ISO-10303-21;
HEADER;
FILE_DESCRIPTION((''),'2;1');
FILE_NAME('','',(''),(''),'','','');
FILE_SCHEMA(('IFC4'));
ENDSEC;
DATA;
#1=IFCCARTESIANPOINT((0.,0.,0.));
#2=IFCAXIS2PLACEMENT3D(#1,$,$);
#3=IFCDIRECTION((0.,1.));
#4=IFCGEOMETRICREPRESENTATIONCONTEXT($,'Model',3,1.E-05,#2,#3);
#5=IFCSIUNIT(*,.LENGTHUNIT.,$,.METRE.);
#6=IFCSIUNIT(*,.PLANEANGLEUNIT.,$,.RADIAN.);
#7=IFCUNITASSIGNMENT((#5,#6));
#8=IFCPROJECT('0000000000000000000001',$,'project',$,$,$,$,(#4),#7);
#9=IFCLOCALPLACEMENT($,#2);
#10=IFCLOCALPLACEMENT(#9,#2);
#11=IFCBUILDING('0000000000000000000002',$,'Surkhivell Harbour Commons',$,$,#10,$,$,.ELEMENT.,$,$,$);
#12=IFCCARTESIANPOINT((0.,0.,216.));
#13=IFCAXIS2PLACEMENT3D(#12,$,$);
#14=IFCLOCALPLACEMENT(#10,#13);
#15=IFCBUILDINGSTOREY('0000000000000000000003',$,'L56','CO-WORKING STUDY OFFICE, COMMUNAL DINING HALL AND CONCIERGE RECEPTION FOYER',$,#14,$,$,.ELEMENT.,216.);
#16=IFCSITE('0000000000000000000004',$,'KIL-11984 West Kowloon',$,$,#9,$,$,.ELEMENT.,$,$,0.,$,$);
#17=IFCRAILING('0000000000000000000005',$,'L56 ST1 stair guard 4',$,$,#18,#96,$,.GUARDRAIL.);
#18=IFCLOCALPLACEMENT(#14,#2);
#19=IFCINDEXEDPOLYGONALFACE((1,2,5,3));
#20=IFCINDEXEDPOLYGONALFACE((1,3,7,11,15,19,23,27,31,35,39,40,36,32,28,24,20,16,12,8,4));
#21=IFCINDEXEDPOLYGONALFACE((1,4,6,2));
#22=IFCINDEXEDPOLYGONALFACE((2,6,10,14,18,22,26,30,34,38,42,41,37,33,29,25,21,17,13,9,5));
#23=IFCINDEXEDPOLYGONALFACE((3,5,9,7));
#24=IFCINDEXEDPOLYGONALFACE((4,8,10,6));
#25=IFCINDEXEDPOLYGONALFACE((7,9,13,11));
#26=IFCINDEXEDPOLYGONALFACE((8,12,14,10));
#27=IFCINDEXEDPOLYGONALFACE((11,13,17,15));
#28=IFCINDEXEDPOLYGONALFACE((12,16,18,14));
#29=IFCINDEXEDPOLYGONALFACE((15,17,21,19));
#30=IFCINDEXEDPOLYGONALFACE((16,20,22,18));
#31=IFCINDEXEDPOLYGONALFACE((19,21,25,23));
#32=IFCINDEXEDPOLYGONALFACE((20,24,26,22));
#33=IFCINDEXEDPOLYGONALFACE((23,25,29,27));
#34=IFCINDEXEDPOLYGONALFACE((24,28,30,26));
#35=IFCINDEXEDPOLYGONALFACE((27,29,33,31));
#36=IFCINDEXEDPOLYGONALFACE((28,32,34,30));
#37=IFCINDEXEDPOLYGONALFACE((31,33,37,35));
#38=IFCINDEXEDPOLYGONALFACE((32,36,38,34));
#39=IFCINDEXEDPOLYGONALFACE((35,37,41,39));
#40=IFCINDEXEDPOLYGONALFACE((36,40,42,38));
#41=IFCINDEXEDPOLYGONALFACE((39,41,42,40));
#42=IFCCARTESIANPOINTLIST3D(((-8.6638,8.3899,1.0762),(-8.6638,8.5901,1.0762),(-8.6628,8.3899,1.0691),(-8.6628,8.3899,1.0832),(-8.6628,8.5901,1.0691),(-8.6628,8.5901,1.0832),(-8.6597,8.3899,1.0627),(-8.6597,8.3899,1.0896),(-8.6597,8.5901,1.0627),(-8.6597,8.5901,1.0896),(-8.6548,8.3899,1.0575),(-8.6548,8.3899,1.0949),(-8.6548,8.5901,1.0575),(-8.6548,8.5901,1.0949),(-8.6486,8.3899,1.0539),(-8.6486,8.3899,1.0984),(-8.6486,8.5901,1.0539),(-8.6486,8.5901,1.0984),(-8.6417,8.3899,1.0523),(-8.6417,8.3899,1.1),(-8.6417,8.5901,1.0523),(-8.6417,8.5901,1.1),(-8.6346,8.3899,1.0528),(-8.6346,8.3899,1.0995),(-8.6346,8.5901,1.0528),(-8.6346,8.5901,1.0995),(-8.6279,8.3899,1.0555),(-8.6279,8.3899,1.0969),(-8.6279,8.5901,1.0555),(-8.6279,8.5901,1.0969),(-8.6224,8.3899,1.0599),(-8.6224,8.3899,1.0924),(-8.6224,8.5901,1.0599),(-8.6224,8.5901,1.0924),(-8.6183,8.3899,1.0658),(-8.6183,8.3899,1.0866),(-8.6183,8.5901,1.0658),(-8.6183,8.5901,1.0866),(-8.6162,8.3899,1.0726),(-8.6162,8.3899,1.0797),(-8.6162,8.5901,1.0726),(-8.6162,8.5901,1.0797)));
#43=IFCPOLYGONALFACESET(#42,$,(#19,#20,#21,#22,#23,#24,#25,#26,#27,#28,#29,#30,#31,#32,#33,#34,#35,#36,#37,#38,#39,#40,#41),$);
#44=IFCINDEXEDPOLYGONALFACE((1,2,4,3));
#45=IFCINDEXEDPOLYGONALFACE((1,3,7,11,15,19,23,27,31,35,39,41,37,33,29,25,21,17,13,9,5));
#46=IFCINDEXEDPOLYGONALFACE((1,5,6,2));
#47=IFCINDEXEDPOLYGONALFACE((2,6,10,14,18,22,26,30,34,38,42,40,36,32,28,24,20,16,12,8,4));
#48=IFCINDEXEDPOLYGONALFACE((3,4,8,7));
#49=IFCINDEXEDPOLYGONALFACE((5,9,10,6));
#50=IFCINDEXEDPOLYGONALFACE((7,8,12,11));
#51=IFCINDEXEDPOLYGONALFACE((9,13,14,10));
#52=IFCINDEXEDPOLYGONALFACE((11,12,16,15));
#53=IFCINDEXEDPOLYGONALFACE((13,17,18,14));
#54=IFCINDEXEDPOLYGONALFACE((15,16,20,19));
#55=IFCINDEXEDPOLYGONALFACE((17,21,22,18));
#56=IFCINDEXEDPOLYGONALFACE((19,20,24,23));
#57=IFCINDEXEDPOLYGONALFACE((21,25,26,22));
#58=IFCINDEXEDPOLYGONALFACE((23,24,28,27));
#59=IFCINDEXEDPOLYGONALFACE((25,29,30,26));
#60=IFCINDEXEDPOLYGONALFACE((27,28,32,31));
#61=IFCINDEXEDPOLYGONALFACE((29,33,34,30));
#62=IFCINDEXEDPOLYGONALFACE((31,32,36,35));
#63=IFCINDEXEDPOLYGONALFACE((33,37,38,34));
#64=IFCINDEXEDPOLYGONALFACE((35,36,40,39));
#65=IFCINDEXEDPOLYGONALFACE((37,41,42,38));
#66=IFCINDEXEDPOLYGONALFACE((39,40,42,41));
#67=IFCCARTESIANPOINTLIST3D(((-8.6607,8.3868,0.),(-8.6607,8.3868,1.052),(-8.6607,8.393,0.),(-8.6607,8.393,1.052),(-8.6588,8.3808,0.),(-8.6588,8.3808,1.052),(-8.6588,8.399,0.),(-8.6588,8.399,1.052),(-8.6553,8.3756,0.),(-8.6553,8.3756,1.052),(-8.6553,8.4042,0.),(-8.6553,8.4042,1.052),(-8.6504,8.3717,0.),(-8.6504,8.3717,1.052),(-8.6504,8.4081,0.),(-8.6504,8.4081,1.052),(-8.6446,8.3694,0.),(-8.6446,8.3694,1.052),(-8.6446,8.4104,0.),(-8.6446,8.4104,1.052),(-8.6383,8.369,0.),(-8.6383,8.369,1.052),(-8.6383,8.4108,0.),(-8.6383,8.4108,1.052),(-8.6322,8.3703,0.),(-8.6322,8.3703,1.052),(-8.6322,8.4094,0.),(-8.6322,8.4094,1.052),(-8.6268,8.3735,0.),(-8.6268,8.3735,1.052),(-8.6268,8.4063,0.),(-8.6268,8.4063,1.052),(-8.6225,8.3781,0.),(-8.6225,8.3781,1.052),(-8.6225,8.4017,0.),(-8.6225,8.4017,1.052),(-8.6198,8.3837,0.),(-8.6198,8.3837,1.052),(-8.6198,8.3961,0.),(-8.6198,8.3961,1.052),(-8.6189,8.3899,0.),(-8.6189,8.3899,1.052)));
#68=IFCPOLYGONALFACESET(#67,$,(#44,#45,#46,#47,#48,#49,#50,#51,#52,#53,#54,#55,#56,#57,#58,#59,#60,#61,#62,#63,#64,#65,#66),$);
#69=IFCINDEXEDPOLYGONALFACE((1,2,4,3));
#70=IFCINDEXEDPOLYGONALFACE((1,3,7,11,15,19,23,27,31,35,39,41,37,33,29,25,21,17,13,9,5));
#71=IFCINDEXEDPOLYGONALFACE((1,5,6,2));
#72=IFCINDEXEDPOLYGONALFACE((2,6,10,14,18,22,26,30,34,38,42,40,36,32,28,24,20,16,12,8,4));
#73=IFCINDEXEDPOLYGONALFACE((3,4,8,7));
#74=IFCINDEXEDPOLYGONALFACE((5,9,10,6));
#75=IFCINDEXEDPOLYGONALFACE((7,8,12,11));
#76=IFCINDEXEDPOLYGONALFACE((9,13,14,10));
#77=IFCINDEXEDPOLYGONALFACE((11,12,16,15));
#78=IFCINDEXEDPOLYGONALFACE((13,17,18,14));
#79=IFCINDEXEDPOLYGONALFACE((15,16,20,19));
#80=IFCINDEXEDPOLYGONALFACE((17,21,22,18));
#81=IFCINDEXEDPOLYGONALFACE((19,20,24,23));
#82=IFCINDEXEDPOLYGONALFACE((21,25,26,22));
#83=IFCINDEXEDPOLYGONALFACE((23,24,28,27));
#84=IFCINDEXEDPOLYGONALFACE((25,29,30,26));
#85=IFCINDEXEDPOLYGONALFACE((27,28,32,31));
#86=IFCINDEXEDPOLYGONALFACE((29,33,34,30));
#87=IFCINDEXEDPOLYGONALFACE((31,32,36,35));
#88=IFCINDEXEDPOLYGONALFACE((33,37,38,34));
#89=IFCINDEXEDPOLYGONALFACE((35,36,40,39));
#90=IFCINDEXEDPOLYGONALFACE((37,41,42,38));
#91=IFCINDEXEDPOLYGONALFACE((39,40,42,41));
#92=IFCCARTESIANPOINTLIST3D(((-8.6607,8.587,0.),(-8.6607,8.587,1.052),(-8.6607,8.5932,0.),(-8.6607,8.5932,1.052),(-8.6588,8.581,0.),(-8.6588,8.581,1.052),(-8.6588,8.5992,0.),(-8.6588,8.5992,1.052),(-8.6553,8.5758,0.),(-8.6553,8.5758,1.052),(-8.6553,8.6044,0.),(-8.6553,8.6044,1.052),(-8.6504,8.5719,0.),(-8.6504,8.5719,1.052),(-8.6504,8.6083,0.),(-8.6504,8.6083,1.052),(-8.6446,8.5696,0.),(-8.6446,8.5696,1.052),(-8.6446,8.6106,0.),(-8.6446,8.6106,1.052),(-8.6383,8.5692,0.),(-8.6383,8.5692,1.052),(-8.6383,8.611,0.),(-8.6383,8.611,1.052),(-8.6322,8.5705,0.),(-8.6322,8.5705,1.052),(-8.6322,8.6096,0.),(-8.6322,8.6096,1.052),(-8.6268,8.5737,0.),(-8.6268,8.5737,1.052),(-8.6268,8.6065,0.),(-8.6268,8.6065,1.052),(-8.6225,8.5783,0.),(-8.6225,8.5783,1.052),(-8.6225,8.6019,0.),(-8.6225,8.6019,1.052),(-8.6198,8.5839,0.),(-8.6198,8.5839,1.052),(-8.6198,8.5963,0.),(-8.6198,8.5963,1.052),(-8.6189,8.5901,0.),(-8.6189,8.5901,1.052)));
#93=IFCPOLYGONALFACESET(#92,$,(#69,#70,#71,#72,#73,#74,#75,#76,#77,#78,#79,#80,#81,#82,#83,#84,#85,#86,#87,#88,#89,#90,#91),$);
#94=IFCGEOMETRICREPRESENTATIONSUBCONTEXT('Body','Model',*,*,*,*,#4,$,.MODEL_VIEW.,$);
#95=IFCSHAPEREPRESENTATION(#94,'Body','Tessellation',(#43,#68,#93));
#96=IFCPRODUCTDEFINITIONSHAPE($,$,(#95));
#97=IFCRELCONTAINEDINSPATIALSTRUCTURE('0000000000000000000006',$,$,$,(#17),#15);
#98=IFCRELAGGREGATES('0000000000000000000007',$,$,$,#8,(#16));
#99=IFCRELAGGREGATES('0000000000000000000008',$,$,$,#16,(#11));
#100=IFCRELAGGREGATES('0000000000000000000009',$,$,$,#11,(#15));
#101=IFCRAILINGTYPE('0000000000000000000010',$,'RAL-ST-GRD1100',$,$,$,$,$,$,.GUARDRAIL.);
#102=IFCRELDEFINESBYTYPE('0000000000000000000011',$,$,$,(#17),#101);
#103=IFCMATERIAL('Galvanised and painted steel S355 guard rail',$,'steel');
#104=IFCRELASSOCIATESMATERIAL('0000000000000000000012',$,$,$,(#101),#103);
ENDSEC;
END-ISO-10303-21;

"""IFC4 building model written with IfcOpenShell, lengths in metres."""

from ifc_helpers import new_model, si_unit, direction, frame, origin, origin_2d, place, context, subcontext, project, spatial, circle, extrude, material, type_object, element, save


model = new_model("IFC4")

# Units and contexts
model_context = context("Model", 3, precision=1e-05, world=origin(), true_north=direction((0.0, 1.0)))
body_context = subcontext(model_context, "Body", "Model", "MODEL_VIEW")
ifc_project = project(units=[si_unit("LENGTHUNIT", "METRE"), si_unit("PLANEANGLEUNIT", "RADIAN")], contexts=[model_context])

# Site, building, storey
site_placement = place(None, origin())
site = spatial("IfcSite", under=ifc_project, at=site_placement, Name="KIL-11984 West Kowloon", CompositionType="ELEMENT", RefElevation=0.0)
building_placement = place(site_placement, origin())
building = spatial("IfcBuilding", under=site, at=building_placement, Name="Surkhivell Harbour Commons", CompositionType="ELEMENT")
storey_placement = place(building_placement, frame((0.0, 0.0, 216.0)))
storey = spatial("IfcBuildingStorey", under=building, at=storey_placement, Name="L56", Description="CO-WORKING STUDY OFFICE, COMMUNAL DINING HALL AND CONCIERGE RECEPTION FOYER", CompositionType="ELEMENT", Elevation=216.0)

# Railing
ifc_material_1 = material(Name="Galvanised and painted steel S355 guard rail", Category="steel")
railing_type_1 = type_object("IfcRailingType", Name="RAL-ST-GRD1100", PredefinedType="GUARDRAIL", material=ifc_material_1)
railing_1_placement = place(storey_placement, frame((-8.6399, 8.3899, 0.0)))
element("IfcRailing", 1, at=railing_1_placement, inside=storey, type_object=railing_type_1, Name="L56 ST1 stair guard 4", PredefinedType="GUARDRAIL", context=body_context, shape_type="SweptSolid", body=[
    extrude(circle(Radius=0.0239, at=origin_2d()), frame((0.0, 0.0, 1.0762), z_axis=(0.0, 1.0, 0.0), x_axis=(-1.0, 0.0, 0.0)), (0.0, 0.0, 1.0), 0.2002),
    extrude(circle(Radius=0.021, at=origin_2d()), origin(), (0.0, 0.0, 1.0), 1.052),
    extrude(circle(Radius=0.021, at=origin_2d()), frame((0.0, 0.2002, 0.0)), (0.0, 0.0, 1.0), 1.052),
])

save(model, "model.ifc")
